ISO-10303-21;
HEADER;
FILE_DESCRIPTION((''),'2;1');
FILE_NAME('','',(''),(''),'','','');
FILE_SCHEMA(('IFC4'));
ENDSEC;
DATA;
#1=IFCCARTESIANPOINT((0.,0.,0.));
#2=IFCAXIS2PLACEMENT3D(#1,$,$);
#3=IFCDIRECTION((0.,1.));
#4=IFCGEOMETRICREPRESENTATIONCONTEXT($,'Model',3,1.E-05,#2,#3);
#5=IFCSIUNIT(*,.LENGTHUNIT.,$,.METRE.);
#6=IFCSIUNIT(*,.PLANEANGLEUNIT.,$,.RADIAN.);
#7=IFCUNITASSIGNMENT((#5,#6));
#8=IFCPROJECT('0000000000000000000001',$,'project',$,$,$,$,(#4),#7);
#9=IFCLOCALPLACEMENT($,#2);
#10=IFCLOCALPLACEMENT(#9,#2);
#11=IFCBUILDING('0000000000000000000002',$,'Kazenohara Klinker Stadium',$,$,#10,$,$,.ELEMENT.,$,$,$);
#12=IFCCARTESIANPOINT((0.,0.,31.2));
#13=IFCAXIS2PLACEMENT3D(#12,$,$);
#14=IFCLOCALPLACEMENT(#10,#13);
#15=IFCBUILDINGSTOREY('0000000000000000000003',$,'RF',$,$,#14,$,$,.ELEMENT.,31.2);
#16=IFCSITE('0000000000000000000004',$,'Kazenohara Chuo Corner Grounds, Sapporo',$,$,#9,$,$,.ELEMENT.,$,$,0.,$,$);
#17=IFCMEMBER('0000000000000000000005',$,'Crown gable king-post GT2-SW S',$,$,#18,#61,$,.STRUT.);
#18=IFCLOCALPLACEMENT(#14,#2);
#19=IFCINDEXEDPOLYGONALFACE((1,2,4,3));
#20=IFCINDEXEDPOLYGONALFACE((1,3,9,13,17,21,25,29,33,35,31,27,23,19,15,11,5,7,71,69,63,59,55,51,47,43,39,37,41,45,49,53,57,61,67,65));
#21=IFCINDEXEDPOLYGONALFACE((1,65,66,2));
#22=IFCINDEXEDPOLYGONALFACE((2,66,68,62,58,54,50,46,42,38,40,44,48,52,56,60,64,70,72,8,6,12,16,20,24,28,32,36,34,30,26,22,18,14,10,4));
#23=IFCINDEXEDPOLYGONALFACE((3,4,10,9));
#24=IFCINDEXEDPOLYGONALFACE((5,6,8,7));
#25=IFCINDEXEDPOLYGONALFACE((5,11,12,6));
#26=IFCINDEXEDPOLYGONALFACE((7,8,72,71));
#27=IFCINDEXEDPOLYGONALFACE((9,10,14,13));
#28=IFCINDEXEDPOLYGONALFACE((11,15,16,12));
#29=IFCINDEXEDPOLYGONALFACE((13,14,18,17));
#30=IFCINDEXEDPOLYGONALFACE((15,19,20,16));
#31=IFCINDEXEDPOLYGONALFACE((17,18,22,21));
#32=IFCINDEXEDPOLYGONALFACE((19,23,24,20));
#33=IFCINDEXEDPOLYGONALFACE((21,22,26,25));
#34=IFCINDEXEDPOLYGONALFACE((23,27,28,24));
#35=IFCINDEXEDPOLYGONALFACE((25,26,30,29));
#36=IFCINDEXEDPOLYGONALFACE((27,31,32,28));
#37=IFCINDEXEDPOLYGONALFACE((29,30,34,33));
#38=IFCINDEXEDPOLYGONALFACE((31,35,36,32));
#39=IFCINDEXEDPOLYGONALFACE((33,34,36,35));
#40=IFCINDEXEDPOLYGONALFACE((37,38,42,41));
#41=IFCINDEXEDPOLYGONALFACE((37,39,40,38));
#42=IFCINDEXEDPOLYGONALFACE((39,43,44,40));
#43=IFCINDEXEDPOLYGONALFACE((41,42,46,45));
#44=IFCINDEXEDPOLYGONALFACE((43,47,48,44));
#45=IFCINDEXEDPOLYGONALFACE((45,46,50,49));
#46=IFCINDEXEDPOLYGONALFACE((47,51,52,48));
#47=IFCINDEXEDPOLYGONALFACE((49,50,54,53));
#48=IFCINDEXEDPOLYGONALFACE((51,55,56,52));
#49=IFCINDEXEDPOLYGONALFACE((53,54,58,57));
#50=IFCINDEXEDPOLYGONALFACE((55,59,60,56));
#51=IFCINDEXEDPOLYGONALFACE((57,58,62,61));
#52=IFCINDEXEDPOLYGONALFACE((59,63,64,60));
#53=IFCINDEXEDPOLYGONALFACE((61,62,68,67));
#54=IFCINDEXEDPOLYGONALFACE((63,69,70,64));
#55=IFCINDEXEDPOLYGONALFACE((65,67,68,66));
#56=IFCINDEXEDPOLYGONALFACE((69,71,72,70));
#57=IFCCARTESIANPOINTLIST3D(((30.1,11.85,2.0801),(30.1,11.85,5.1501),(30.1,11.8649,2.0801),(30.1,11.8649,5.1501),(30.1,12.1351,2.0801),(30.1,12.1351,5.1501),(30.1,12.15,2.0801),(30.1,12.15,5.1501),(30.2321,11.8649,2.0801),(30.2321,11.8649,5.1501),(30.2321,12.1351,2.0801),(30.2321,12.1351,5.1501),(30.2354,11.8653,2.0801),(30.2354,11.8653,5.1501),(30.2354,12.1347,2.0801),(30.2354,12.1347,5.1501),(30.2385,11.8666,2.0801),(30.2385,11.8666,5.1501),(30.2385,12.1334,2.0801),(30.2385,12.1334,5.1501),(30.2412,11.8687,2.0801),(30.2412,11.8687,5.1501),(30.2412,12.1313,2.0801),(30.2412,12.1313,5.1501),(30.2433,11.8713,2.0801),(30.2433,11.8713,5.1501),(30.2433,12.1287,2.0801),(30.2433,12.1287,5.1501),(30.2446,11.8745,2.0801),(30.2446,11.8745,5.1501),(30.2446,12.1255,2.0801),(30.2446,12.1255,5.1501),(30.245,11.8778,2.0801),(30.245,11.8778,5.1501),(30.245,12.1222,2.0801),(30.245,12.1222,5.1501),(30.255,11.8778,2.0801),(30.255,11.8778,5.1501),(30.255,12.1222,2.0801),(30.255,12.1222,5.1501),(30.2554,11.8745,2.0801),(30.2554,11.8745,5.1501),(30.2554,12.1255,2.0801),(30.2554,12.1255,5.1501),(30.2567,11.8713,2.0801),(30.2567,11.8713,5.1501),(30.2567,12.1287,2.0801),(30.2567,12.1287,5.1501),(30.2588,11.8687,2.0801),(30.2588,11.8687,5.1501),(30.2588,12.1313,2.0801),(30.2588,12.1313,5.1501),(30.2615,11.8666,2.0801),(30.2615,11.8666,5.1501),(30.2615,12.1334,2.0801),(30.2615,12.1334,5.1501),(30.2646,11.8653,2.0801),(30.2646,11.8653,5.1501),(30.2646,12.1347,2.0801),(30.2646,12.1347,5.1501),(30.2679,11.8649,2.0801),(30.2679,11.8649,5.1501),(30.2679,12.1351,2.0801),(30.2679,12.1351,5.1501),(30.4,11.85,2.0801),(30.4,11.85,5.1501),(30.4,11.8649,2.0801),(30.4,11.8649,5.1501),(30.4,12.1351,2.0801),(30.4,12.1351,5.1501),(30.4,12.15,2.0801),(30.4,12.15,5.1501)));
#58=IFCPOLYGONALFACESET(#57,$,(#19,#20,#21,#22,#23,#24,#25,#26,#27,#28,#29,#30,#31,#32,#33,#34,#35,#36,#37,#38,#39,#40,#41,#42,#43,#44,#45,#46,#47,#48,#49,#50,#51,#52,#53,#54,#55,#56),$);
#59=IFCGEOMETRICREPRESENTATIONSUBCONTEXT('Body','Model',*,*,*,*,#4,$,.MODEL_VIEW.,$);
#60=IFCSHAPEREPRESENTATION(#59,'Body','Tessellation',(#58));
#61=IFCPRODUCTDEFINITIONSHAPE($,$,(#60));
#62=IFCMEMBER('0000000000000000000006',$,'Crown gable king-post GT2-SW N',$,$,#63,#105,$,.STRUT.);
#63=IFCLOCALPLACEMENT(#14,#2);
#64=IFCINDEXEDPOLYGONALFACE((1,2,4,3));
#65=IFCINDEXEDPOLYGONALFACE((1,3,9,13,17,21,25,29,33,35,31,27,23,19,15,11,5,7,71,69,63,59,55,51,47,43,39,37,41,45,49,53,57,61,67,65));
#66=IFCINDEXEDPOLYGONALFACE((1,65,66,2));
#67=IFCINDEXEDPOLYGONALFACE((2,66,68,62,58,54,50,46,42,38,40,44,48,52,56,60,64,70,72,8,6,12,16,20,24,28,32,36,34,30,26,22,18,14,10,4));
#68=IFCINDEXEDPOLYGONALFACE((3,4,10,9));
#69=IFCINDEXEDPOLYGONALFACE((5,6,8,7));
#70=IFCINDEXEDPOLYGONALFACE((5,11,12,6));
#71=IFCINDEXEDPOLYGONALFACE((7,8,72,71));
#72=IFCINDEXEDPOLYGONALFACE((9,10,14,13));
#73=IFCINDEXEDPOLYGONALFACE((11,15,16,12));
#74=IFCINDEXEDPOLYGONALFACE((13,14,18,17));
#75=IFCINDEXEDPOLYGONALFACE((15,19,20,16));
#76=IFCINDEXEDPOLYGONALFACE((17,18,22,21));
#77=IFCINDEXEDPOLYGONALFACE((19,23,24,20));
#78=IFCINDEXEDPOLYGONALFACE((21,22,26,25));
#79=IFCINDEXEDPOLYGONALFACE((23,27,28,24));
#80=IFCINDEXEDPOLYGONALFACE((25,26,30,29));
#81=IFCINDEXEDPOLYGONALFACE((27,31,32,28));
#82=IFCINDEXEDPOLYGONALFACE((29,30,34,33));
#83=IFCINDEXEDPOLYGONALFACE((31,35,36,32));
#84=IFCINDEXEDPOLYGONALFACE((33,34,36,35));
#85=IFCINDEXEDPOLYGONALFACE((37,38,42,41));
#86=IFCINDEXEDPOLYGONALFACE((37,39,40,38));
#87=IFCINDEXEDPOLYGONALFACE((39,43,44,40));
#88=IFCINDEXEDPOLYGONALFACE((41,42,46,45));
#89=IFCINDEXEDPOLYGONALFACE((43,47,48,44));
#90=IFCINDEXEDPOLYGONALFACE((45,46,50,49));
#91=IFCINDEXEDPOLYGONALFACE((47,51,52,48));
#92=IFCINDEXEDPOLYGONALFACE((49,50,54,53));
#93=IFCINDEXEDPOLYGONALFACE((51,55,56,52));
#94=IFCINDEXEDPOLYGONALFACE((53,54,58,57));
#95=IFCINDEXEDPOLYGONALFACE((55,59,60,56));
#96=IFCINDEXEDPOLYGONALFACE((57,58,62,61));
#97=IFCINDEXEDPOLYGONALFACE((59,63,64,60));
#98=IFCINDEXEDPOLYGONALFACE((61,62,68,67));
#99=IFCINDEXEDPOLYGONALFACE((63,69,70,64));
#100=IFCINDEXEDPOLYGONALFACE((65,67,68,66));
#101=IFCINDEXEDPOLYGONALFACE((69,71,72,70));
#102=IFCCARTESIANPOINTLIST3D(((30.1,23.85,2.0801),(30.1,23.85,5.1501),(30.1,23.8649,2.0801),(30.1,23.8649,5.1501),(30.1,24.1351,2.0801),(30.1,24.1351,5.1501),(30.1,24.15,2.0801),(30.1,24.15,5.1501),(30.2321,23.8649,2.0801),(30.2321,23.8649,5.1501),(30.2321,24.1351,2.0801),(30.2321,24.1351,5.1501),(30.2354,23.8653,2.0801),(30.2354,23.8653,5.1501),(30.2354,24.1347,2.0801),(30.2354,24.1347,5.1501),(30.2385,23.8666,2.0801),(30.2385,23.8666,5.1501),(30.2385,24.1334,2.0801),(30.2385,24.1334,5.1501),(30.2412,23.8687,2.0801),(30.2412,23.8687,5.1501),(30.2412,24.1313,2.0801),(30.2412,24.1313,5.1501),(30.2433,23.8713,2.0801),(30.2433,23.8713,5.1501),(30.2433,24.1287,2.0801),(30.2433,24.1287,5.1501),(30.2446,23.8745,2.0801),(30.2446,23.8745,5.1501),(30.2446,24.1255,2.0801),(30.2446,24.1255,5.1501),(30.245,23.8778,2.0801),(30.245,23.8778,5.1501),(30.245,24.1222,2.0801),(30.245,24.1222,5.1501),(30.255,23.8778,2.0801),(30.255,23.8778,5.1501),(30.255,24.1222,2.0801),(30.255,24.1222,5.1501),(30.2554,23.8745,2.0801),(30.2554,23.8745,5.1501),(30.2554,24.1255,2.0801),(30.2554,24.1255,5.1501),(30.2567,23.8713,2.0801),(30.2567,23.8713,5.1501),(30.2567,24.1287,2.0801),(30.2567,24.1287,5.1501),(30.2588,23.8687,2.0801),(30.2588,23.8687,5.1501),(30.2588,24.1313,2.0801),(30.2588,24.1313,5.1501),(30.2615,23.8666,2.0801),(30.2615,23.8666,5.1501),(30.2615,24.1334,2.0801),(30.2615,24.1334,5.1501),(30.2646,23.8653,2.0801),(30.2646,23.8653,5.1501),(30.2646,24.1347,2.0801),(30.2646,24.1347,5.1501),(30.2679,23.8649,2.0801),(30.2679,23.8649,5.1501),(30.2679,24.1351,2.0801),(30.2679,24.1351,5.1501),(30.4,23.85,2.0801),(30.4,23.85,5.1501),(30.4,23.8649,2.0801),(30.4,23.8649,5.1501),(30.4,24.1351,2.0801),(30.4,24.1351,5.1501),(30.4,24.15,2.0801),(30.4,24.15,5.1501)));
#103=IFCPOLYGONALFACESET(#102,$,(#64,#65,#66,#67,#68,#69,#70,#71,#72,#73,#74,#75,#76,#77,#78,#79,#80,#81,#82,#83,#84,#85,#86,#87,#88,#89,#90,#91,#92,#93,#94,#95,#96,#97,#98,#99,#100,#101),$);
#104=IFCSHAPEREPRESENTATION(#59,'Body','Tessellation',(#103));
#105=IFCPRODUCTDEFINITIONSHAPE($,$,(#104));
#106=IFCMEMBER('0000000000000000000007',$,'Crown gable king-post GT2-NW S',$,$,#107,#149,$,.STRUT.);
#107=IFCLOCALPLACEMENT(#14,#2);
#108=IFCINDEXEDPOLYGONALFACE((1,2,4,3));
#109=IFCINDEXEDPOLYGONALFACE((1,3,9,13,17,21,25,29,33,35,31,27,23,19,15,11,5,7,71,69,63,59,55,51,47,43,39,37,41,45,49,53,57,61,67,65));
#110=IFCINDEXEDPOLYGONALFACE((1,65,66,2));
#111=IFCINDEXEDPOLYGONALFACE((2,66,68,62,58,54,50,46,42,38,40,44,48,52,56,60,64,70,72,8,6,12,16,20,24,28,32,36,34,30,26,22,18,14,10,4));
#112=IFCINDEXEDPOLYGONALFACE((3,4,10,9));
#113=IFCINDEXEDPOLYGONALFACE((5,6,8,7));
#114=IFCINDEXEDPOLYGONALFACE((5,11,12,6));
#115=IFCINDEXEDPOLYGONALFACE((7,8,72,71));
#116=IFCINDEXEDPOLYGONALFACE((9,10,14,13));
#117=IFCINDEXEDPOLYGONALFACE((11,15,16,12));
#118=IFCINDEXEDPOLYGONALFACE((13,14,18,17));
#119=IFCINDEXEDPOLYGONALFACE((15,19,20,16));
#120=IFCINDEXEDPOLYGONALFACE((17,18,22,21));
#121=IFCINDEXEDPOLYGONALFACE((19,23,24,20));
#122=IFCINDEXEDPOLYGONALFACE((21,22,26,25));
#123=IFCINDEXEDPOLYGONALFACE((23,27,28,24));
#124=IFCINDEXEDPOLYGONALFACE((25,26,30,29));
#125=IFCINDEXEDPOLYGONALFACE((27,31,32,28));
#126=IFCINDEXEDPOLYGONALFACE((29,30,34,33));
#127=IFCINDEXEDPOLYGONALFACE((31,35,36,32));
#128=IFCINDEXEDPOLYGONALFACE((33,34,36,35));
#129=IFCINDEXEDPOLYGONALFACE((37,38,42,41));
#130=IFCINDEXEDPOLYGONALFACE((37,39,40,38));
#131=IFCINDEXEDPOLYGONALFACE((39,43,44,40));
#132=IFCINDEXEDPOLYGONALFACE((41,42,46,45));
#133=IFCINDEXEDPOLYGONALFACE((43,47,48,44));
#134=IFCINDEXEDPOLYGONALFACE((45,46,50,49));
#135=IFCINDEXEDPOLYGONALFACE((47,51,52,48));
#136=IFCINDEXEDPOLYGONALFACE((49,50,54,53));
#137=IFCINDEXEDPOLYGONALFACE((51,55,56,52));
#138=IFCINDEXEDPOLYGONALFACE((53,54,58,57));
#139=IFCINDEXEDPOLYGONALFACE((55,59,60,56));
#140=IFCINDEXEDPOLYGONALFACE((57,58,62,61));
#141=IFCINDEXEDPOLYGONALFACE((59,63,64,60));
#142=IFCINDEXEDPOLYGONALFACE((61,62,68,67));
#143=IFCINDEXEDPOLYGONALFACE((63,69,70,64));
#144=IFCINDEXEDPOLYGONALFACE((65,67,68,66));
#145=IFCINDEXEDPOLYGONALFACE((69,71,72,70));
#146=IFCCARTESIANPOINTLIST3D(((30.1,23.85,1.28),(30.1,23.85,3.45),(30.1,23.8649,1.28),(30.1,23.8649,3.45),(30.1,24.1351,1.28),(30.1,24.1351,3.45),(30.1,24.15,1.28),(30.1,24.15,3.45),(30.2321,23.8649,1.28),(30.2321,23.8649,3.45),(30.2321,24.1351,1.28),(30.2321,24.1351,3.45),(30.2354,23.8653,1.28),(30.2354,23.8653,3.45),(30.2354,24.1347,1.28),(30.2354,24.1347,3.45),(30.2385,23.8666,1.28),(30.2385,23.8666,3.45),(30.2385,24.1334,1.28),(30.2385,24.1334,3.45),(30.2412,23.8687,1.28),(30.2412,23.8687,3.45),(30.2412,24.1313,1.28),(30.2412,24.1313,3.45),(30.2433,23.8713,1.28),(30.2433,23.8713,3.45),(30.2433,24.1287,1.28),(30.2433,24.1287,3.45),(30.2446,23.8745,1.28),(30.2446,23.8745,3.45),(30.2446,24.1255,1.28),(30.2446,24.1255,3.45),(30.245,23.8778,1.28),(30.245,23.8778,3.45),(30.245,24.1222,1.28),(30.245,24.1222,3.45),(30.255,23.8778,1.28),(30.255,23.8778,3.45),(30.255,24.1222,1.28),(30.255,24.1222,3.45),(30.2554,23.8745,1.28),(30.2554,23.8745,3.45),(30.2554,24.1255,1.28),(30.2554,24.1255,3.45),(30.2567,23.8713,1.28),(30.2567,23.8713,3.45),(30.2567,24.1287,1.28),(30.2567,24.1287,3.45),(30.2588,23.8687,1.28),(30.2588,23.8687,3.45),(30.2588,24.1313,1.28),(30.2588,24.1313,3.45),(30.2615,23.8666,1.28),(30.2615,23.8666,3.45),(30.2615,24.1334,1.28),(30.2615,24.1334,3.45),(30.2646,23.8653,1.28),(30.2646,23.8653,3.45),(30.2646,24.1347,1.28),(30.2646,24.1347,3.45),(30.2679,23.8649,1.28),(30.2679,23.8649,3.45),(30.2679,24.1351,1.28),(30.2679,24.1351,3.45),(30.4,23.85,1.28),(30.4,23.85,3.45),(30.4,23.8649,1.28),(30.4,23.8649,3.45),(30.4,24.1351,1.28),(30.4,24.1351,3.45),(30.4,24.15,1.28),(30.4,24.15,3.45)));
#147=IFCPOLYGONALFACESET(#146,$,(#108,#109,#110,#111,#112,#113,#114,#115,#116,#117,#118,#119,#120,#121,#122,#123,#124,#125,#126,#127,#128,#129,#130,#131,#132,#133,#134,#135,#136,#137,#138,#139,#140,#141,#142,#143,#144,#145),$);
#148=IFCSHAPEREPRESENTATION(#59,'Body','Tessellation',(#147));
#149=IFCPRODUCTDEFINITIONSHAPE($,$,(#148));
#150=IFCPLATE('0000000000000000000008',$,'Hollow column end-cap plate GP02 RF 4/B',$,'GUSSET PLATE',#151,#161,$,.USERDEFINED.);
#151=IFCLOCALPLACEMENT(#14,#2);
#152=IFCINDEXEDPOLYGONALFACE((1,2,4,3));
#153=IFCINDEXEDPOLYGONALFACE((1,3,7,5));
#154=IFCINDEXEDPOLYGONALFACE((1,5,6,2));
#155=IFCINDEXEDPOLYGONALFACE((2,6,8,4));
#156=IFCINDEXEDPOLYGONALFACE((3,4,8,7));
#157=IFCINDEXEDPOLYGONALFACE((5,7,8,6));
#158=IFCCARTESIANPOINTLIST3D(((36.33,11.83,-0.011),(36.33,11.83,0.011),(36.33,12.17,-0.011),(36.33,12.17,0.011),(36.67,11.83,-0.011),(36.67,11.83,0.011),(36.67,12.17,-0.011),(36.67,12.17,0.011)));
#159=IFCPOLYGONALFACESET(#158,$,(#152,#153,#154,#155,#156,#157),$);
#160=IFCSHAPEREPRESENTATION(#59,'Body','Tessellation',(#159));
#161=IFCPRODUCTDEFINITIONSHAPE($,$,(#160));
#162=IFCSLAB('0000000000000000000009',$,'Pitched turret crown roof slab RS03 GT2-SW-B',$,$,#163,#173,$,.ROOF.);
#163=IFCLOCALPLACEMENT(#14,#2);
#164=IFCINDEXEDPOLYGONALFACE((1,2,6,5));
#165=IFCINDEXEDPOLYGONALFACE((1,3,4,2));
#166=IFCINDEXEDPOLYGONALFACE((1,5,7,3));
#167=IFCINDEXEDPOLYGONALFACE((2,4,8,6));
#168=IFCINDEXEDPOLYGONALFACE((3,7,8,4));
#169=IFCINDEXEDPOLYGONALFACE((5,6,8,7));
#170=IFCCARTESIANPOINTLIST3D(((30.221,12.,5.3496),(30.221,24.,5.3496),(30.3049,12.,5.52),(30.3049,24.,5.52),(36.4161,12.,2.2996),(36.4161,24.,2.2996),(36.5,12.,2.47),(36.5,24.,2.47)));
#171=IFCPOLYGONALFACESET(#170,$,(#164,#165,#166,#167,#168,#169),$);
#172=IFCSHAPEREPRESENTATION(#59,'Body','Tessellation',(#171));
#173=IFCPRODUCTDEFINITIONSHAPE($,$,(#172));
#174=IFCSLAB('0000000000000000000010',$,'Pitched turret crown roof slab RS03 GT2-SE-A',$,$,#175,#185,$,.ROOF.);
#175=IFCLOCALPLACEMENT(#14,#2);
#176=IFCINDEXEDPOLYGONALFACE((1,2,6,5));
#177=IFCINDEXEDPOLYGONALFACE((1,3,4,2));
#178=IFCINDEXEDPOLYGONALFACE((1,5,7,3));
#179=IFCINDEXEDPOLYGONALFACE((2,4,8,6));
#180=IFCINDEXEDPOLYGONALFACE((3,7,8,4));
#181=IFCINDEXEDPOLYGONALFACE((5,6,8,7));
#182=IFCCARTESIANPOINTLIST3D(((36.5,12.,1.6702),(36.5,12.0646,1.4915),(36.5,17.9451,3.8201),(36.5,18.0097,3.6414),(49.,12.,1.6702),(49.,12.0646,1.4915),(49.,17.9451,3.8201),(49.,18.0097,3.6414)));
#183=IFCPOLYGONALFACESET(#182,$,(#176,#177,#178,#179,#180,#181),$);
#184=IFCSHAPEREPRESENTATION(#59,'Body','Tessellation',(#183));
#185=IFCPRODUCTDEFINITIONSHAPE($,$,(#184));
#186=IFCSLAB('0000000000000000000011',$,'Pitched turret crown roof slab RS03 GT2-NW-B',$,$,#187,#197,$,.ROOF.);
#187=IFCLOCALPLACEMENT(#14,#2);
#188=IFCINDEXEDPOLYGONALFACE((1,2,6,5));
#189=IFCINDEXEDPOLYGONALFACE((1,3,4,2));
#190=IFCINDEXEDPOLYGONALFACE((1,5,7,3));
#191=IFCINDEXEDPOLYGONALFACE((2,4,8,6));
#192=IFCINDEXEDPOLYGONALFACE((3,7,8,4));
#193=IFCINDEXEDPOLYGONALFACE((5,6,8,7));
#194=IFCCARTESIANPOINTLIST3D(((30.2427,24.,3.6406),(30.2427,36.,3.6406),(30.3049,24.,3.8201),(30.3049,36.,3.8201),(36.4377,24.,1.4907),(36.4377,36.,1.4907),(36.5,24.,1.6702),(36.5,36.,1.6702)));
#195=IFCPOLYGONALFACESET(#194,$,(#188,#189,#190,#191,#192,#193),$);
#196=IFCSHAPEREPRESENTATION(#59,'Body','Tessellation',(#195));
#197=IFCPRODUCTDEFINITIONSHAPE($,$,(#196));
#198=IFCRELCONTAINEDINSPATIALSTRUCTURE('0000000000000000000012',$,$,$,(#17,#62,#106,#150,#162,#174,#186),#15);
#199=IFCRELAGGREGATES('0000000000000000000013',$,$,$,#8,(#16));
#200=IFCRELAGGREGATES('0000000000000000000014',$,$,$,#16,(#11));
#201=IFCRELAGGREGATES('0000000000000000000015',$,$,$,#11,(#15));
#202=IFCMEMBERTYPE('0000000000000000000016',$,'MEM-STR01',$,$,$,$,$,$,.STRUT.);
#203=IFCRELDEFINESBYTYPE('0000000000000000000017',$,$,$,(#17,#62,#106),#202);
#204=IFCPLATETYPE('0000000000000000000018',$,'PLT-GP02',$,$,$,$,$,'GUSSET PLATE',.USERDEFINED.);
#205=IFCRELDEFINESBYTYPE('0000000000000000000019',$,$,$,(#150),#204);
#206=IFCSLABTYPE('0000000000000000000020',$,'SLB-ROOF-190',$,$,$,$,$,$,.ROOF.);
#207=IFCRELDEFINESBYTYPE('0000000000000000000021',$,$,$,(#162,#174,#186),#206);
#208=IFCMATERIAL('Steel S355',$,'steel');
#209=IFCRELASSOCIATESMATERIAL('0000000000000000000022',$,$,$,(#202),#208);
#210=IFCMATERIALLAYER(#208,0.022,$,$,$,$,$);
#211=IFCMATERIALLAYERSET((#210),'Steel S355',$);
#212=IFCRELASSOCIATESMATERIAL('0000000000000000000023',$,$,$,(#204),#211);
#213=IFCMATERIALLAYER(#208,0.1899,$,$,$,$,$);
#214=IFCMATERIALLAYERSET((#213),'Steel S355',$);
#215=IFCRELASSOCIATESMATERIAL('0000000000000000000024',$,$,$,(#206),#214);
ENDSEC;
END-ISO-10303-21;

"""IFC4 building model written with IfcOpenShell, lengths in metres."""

from ifc_helpers import new_model, si_unit, direction, frame, origin, origin_2d, place, context, subcontext, project, spatial, polyline, rectangle, i_section, outline, extrude, material, layer, layer_set, material_profile, profile_set, type_object, element, save


model = new_model("IFC4")

# Units and contexts
model_context = context("Model", 3, precision=1e-05, world=origin(), true_north=direction((0.0, 1.0)))
body_context = subcontext(model_context, "Body", "Model", "MODEL_VIEW")
ifc_project = project(units=[si_unit("LENGTHUNIT", "METRE"), si_unit("PLANEANGLEUNIT", "RADIAN")], contexts=[model_context])

# Site, building, storey
site_placement = place(None, origin())
site = spatial("IfcSite", under=ifc_project, at=site_placement, Name="Kazenohara Chuo Corner Grounds, Sapporo", CompositionType="ELEMENT", RefElevation=0.0)
building_placement = place(site_placement, origin())
building = spatial("IfcBuilding", under=site, at=building_placement, Name="Kazenohara Klinker Stadium", CompositionType="ELEMENT")
storey_placement = place(building_placement, frame((0.0, 0.0, 31.2)))
storey = spatial("IfcBuildingStorey", under=building, at=storey_placement, Name="RF", CompositionType="ELEMENT", Elevation=31.2)

# Members
ifc_material_1 = material(Name="Steel S355", Category="steel")
ifc_material_profile_1 = material_profile(ifc_material_1, i_section(OverallWidth=0.3, OverallDepth=0.3, WebThickness=0.01, FlangeThickness=0.0149, FilletRadius=0.0129, at=origin_2d()), Name="H-300x300x10x15")
ifc_profile_set_1 = profile_set([ifc_material_profile_1], Name="Steel S355")
member_type_1 = type_object("IfcMemberType", Name="MEM-STR01", PredefinedType="STRUT", material=ifc_profile_set_1)
for number, where, z_axis, x_axis, name in (
    (1, (30.25, 12.0, 2.0801), (0.0, 0.0, 1.0), (1.0, 0.0, 0.0), "Crown gable king-post GT2-SW S"),
    (2, (30.25, 24.0, 2.0801), (0.0, 0.0, 1.0), (1.0, 0.0, 0.0), "Crown gable king-post GT2-SW N"),
):
    element("IfcMember", number, at=place(storey_placement, frame(where, z_axis=z_axis, x_axis=x_axis)), inside=storey, type_object=member_type_1, Name=name, PredefinedType="STRUT", context=body_context, shape_type="SweptSolid", body=[
        extrude(i_section(OverallWidth=0.3, OverallDepth=0.3, WebThickness=0.01, FlangeThickness=0.0149, FilletRadius=0.0129, at=origin_2d()), origin(), (0.0, 0.0, 1.0), 3.0701),
    ])
member_1_placement = place(storey_placement, frame((30.25, 24.0, 1.28), z_axis=(0.0, 0.0, 1.0), x_axis=(1.0, 0.0, 0.0)))
element("IfcMember", 3, at=member_1_placement, inside=storey, type_object=member_type_1, Name="Crown gable king-post GT2-NW S", PredefinedType="STRUT", context=body_context, shape_type="SweptSolid", body=[
    extrude(i_section(OverallWidth=0.3, OverallDepth=0.3, WebThickness=0.01, FlangeThickness=0.0149, FilletRadius=0.0129, at=origin_2d()), origin(), (0.0, 0.0, 1.0), 2.1699),
])

# Plate
ifc_layer_1 = layer(ifc_material_1, 0.022)
ifc_layer_set_1 = layer_set([ifc_layer_1], Name="Steel S355")
plate_type = type_object("IfcPlateType", Name="PLT-GP02", ElementType="GUSSET PLATE", PredefinedType="USERDEFINED", material=ifc_layer_set_1)
plate_placement = place(storey_placement, frame((36.5, 12.0, -0.011), z_axis=(0.0, 0.0, 1.0), x_axis=(1.0, 0.0, 0.0)))
element("IfcPlate", 4, at=plate_placement, inside=storey, type_object=plate_type, Name="Hollow column end-cap plate GP02 RF 4/B", ObjectType="GUSSET PLATE", PredefinedType="USERDEFINED", context=body_context, shape_type="SweptSolid", body=[
    extrude(rectangle(XDim=0.3401, YDim=0.3401, at=origin_2d()), origin(), (0.0, 0.0, 1.0), 0.022),
])

# Slabs
ifc_layer_2 = layer(ifc_material_1, 0.1899)
ifc_layer_set_2 = layer_set([ifc_layer_2], Name="Steel S355")
slab_type = type_object("IfcSlabType", Name="SLB-ROOF-190", PredefinedType="ROOF", material=ifc_layer_set_2)
slab_1_placement = place(storey_placement, frame((30.3049, 12.0, 5.52), z_axis=(0.441704, 0.0, 0.897161), x_axis=(0.897161, 0.0, -0.441704)))
element("IfcSlab", 5, at=slab_1_placement, inside=storey, type_object=slab_type, Name="Pitched turret crown roof slab RS03 GT2-SW-B", PredefinedType="ROOF", context=body_context, shape_type="SweptSolid", body=[
    extrude(outline(polyline([(0.0, 0.0), (6.9052, 0.0), (6.9052, 12.0), (0.0, 12.0), (0.0, 0.0)])), origin(), (0.0, 0.0, -1.0), 0.1899),
])
slab_2_placement = place(storey_placement, frame((36.5, 12.0, 1.6702), z_axis=(0.0, -0.340074, 0.940399), x_axis=(1.0, 0.0, 0.0)))
element("IfcSlab", 6, at=slab_2_placement, inside=storey, type_object=slab_type, Name="Pitched turret crown roof slab RS03 GT2-SE-A", PredefinedType="ROOF", context=body_context, shape_type="SweptSolid", body=[
    extrude(outline(polyline([(0.0, 0.0), (12.5, 0.0), (12.5, 6.3219), (0.0, 6.3219), (0.0, 0.0)])), origin(), (0.0, 0.0, -1.0), 0.1899),
])
slab_3_placement = place(storey_placement, frame((30.3049, 24.0, 3.8201), z_axis=(0.327853, 0.0, 0.944729), x_axis=(0.944729, 0.0, -0.327853)))
element("IfcSlab", 7, at=slab_3_placement, inside=storey, type_object=slab_type, Name="Pitched turret crown roof slab RS03 GT2-NW-B", PredefinedType="ROOF", context=body_context, shape_type="SweptSolid", body=[
    extrude(outline(polyline([(0.0, 0.0), (6.5575, 0.0), (6.5575, 12.0), (0.0, 12.0), (0.0, 0.0)])), origin(), (0.0, 0.0, -1.0), 0.1899),
])

save(model, "model.ifc")
